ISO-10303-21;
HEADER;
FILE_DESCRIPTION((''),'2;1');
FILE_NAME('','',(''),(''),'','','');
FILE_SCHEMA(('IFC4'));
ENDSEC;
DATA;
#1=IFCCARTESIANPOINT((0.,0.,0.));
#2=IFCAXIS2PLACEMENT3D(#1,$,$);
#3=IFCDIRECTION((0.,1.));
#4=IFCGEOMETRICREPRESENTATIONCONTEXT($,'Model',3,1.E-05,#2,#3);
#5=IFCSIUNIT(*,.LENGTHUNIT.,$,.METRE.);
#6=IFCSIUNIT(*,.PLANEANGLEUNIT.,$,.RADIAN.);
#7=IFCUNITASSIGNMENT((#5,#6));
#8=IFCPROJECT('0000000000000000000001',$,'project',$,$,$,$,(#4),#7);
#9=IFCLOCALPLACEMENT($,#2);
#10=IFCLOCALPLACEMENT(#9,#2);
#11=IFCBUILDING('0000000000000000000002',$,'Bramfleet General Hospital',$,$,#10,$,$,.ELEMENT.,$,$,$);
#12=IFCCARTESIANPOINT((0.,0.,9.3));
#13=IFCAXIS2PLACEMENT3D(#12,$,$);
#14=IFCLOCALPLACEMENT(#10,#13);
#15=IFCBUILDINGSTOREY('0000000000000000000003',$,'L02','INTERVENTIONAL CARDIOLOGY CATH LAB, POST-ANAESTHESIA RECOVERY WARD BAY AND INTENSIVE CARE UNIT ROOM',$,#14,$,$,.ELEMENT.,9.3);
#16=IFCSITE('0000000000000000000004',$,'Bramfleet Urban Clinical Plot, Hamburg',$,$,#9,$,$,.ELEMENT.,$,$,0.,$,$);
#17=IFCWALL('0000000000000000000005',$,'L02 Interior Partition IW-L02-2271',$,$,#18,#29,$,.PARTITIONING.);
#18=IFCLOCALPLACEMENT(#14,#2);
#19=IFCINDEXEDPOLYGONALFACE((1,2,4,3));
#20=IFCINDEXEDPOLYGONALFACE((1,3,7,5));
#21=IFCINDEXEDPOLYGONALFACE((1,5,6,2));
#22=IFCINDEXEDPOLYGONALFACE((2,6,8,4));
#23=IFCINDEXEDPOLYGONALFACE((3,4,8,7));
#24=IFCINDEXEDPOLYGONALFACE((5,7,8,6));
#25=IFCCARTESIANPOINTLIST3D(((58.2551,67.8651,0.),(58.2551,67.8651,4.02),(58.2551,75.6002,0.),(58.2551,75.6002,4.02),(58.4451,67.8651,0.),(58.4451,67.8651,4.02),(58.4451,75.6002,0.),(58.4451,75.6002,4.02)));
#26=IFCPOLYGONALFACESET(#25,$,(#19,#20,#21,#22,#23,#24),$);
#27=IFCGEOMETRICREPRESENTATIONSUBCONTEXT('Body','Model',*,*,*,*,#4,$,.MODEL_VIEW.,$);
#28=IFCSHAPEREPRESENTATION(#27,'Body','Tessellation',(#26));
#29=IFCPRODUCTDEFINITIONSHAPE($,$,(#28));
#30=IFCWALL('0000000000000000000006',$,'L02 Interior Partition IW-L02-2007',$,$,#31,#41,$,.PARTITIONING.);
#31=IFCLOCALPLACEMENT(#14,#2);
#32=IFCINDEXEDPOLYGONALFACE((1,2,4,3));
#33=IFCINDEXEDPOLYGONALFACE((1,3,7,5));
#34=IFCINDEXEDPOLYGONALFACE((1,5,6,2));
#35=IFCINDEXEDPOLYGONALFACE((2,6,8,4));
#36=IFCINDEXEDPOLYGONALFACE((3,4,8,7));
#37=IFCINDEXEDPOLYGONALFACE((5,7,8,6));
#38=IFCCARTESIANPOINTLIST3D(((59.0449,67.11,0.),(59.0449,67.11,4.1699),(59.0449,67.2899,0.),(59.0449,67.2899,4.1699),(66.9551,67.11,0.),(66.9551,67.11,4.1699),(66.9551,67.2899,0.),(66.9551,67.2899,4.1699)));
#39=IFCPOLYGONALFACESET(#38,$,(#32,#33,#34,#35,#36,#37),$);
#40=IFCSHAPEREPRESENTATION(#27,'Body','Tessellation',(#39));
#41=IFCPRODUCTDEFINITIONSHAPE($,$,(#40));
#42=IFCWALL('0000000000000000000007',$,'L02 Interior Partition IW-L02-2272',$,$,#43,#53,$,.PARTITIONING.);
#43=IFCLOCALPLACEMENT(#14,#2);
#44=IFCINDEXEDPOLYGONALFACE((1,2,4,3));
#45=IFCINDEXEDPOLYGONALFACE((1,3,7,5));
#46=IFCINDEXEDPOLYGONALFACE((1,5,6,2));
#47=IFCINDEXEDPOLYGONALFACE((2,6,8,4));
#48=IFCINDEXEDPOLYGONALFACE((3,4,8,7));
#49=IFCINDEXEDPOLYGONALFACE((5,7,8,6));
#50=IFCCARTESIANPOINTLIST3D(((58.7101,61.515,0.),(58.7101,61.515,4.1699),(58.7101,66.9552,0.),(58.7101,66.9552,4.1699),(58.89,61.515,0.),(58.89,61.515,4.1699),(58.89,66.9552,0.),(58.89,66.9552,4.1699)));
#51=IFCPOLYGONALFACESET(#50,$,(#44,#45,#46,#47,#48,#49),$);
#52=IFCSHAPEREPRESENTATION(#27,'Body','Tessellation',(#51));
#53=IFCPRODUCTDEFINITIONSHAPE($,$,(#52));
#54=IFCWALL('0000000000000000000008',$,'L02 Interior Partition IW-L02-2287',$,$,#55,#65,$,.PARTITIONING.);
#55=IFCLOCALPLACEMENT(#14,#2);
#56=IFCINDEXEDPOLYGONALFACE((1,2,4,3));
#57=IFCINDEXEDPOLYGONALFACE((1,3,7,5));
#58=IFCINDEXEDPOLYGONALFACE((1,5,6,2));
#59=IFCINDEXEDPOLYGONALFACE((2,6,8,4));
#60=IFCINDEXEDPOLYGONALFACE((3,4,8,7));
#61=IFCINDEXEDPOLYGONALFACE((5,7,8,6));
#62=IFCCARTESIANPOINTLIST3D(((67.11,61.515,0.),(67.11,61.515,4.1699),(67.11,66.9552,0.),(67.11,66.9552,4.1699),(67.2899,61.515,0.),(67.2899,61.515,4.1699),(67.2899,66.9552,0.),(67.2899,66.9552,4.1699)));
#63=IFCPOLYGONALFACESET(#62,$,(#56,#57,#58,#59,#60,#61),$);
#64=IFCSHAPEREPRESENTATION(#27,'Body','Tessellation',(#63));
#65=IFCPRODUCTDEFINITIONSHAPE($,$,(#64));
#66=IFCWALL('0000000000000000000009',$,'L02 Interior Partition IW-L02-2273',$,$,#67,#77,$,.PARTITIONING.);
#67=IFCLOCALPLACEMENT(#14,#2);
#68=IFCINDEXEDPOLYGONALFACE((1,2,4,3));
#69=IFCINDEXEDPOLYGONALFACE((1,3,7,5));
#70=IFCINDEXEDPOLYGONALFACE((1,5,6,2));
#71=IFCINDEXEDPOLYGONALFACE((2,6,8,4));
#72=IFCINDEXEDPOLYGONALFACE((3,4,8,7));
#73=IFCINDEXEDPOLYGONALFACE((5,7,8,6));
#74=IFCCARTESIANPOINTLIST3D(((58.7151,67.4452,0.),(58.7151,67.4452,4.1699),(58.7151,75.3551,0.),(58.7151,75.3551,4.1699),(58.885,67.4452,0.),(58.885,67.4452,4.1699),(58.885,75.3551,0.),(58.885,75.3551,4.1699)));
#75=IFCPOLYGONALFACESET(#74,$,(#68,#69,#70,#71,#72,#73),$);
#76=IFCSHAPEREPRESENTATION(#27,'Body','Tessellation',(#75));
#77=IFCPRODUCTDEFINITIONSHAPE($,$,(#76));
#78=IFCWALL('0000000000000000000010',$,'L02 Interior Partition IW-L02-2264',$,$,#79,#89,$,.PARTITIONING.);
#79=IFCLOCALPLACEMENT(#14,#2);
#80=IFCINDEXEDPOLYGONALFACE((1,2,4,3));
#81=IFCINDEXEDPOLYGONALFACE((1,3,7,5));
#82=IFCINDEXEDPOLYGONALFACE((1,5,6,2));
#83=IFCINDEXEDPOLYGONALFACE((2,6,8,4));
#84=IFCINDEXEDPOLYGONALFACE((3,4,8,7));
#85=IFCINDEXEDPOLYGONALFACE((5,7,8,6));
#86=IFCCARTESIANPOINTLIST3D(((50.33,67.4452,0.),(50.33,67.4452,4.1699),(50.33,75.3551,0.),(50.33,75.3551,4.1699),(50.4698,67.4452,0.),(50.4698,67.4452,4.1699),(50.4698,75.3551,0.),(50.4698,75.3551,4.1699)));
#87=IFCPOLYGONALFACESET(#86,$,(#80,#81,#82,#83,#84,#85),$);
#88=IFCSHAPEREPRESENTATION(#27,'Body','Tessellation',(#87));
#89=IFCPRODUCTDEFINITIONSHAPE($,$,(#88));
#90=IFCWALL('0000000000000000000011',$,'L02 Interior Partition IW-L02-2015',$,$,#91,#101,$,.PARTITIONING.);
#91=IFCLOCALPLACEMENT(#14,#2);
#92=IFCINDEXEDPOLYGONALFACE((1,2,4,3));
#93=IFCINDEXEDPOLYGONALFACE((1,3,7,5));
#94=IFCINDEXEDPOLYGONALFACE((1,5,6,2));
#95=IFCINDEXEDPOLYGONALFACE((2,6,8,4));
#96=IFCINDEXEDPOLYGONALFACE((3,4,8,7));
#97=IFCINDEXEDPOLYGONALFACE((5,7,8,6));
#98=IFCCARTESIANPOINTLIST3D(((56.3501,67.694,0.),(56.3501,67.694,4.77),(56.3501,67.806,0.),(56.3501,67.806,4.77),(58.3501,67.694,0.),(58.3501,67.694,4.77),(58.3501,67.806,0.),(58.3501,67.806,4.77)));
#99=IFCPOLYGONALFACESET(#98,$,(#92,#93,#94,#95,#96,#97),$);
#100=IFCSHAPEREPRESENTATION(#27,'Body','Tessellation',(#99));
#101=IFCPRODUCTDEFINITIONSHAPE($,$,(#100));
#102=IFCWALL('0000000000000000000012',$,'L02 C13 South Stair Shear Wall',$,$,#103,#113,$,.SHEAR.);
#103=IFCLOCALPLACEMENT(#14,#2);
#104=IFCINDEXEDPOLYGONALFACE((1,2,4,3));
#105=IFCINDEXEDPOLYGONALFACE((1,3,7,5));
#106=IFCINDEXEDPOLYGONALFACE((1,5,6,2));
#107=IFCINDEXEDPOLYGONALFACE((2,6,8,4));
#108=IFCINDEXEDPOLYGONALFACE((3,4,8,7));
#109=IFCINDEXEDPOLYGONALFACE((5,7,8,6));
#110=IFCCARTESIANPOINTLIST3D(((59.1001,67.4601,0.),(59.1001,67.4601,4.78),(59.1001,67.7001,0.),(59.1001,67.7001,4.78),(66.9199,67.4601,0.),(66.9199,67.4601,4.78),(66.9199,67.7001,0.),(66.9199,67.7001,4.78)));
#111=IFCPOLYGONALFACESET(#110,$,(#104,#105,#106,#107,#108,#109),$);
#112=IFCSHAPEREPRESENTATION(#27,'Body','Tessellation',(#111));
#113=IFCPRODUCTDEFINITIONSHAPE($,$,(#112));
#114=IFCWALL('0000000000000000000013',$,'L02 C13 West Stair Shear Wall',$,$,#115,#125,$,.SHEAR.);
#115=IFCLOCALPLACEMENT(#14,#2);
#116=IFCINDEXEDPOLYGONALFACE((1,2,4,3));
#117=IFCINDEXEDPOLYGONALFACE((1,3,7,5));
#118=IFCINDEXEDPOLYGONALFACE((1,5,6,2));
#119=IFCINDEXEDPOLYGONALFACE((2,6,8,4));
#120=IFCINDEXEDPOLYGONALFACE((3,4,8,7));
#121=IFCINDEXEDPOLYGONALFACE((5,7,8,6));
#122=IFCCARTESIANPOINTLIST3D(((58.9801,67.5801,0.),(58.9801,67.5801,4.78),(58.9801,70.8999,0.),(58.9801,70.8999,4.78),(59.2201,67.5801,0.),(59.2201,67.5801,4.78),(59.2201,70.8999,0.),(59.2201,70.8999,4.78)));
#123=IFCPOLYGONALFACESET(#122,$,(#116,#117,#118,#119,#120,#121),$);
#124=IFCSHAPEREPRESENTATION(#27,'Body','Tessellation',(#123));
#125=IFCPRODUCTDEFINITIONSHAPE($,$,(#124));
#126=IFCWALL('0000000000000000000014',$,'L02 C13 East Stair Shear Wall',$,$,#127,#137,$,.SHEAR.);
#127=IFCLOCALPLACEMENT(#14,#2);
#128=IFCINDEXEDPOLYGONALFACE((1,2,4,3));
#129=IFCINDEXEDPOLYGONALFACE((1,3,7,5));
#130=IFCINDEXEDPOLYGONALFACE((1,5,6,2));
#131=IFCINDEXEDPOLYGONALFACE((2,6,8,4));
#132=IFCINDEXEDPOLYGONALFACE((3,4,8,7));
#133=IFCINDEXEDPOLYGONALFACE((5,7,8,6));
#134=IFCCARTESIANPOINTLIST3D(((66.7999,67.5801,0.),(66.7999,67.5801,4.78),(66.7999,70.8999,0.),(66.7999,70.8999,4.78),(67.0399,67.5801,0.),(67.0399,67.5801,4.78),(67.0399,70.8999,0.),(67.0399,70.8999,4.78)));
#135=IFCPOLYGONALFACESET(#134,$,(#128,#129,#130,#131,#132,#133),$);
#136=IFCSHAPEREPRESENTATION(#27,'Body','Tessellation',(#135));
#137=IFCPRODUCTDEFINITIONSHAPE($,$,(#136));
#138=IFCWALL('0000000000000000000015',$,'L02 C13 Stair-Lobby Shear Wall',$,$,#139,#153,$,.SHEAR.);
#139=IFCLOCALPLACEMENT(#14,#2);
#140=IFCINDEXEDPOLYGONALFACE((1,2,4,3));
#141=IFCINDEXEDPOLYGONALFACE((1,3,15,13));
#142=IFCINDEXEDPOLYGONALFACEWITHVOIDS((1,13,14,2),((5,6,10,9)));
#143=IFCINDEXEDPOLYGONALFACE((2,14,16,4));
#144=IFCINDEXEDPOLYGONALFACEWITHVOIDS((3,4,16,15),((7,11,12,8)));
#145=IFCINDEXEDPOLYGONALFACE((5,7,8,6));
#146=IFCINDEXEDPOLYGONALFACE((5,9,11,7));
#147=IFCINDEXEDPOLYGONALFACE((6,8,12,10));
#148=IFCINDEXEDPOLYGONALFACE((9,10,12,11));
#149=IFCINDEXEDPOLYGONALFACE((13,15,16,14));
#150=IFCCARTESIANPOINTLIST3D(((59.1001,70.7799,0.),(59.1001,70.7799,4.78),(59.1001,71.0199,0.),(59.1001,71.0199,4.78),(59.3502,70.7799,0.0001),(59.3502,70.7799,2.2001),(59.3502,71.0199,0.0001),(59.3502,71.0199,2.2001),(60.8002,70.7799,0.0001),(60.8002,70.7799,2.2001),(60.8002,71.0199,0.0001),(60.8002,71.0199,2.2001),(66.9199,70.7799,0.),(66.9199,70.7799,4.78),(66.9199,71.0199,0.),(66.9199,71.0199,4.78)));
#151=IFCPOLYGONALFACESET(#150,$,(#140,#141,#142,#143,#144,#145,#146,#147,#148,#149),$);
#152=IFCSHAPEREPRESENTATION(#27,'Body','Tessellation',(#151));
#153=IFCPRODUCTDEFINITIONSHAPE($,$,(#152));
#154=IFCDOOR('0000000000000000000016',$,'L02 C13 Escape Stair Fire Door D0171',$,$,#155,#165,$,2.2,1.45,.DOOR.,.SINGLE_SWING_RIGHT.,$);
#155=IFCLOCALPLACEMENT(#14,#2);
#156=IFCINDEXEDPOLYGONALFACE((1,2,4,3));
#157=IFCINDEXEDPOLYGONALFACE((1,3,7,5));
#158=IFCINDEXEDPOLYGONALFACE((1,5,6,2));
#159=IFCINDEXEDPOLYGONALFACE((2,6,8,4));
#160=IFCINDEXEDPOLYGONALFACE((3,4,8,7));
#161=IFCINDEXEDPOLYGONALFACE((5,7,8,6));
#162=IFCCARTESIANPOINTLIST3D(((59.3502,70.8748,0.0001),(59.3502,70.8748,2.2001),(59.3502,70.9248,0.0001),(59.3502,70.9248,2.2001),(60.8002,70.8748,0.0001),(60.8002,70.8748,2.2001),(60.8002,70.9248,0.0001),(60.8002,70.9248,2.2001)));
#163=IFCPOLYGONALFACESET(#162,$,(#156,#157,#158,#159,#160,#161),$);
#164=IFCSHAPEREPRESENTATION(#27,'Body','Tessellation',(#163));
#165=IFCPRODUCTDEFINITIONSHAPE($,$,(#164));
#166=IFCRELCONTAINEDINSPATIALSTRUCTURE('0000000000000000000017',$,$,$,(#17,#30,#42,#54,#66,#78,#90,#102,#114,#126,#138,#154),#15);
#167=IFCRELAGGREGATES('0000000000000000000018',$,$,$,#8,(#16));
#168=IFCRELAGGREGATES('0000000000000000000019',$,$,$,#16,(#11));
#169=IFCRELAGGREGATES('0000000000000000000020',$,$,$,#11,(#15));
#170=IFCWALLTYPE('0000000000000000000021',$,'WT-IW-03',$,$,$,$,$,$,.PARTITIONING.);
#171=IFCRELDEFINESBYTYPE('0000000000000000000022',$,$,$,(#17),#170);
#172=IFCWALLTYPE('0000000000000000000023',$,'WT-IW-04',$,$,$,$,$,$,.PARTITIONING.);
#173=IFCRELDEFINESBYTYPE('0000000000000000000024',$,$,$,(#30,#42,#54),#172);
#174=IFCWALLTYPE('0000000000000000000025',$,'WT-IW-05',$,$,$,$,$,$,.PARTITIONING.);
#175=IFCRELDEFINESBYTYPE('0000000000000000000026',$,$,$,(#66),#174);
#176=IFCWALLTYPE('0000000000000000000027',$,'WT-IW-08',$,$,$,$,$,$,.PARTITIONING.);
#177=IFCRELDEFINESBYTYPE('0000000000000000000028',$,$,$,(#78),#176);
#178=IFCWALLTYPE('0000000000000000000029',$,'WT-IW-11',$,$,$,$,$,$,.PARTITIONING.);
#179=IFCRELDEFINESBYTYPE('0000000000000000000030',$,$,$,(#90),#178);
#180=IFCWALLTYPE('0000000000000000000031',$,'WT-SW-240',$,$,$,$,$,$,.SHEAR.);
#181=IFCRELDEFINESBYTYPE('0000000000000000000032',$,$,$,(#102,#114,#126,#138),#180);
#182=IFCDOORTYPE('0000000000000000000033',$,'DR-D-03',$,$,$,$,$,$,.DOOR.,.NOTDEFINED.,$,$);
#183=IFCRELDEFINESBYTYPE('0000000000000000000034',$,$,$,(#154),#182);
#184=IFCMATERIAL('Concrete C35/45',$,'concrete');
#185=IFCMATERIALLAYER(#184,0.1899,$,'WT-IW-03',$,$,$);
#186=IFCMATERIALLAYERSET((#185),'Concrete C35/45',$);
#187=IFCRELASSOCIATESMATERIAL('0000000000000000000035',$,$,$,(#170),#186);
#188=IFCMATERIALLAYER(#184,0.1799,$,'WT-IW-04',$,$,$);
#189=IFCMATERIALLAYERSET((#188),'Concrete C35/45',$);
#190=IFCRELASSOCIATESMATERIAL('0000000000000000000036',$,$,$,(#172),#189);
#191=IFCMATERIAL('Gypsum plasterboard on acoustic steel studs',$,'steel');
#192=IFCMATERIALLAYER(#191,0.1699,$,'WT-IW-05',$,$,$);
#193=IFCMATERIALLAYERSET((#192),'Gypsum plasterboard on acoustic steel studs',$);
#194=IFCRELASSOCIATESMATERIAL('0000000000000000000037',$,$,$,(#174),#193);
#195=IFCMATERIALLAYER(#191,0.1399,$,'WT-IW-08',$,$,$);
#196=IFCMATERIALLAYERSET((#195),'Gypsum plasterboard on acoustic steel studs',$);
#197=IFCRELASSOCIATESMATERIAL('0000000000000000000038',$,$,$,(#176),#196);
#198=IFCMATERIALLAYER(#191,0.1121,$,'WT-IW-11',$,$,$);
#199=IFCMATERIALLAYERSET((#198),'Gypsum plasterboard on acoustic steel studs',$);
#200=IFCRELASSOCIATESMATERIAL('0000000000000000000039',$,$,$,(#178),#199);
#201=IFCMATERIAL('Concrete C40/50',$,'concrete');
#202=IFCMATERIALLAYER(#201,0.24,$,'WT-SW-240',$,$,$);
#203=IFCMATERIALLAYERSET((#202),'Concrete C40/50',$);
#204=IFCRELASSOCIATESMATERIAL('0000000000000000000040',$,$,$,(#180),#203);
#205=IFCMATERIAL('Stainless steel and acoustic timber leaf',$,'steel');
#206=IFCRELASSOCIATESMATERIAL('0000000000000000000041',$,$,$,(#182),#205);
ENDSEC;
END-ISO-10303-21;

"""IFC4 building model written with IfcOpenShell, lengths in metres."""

from ifc_helpers import new_model, si_unit, direction, frame, frame_2d, origin, place, context, subcontext, project, spatial, rectangle, extrude, material, layer, layer_set, type_object, element, fill, save


model = new_model("IFC4")

# Units and contexts
model_context = context("Model", 3, precision=1e-05, world=origin(), true_north=direction((0.0, 1.0)))
body_context = subcontext(model_context, "Body", "Model", "MODEL_VIEW")
ifc_project = project(units=[si_unit("LENGTHUNIT", "METRE"), si_unit("PLANEANGLEUNIT", "RADIAN")], contexts=[model_context])

# Site, building, storey
site_placement = place(None, origin())
site = spatial("IfcSite", under=ifc_project, at=site_placement, Name="Bramfleet Urban Clinical Plot, Hamburg", CompositionType="ELEMENT", RefElevation=0.0)
building_placement = place(site_placement, origin())
building = spatial("IfcBuilding", under=site, at=building_placement, Name="Bramfleet General Hospital", CompositionType="ELEMENT")
storey_placement = place(building_placement, frame((0.0, 0.0, 9.3)))
storey = spatial("IfcBuildingStorey", under=building, at=storey_placement, Name="L02", Description="INTERVENTIONAL CARDIOLOGY CATH LAB, POST-ANAESTHESIA RECOVERY WARD BAY AND INTENSIVE CARE UNIT ROOM", CompositionType="ELEMENT", Elevation=9.3)

# Shared definitions
ifc_material_1 = material(Name="Concrete C40/50", Category="concrete")

# Shared definitions
ifc_material_2 = material(Name="Concrete C35/45", Category="concrete")

# Walls
ifc_layer_1 = layer(ifc_material_2, 0.1899, Name="WT-IW-03")
ifc_layer_set_1 = layer_set([ifc_layer_1], Name="Concrete C35/45")
wall_type_1 = type_object("IfcWallType", Name="WT-IW-03", PredefinedType="PARTITIONING", material=ifc_layer_set_1)
wall_1_placement = place(storey_placement, frame((58.3501, 67.865, 0.0), z_axis=(0.0, 0.0, 1.0), x_axis=(0.0, 1.0, 0.0)))
element("IfcWall", 1, at=wall_1_placement, inside=storey, type_object=wall_type_1, Name="L02 Interior Partition IW-L02-2271", PredefinedType="PARTITIONING", context=body_context, shape_type="SweptSolid", body=[
    extrude(rectangle(XDim=7.7351, YDim=0.1899, at=frame_2d((3.8677, 0.0))), origin(), (0.0, 0.0, 1.0), 4.02),
])
ifc_layer_2 = layer(ifc_material_2, 0.1799, Name="WT-IW-04")
ifc_layer_set_2 = layer_set([ifc_layer_2], Name="Concrete C35/45")
wall_type_2 = type_object("IfcWallType", Name="WT-IW-04", PredefinedType="PARTITIONING", material=ifc_layer_set_2)
wall_2_placement = place(storey_placement, frame((59.0449, 67.2, 0.0), z_axis=(0.0, 0.0, 1.0), x_axis=(1.0, 0.0, 0.0)))
element("IfcWall", 2, at=wall_2_placement, inside=storey, type_object=wall_type_2, Name="L02 Interior Partition IW-L02-2007", PredefinedType="PARTITIONING", context=body_context, shape_type="SweptSolid", body=[
    extrude(rectangle(XDim=7.9102, YDim=0.1799, at=frame_2d((3.9551, 0.0))), origin(), (0.0, 0.0, 1.0), 4.1699),
])
for number, where, z_axis, x_axis, name in (
    (3, (58.8, 61.5149, 0.0), (0.0, 0.0, 1.0), (0.0, 1.0, 0.0), "L02 Interior Partition IW-L02-2272"),
    (4, (67.2, 61.5149, 0.0), (0.0, 0.0, 1.0), (0.0, 1.0, 0.0), "L02 Interior Partition IW-L02-2287"),
):
    element("IfcWall", number, at=place(storey_placement, frame(where, z_axis=z_axis, x_axis=x_axis)), inside=storey, type_object=wall_type_2, Name=name, PredefinedType="PARTITIONING", context=body_context, shape_type="SweptSolid", body=[
        extrude(rectangle(XDim=5.4402, YDim=0.1799, at=frame_2d((2.7202, 0.0))), origin(), (0.0, 0.0, 1.0), 4.1699),
    ])
ifc_material_3 = material(Name="Gypsum plasterboard on acoustic steel studs", Category="steel")
ifc_layer_3 = layer(ifc_material_3, 0.1699, Name="WT-IW-05")
ifc_layer_set_3 = layer_set([ifc_layer_3], Name="Gypsum plasterboard on acoustic steel studs")
wall_type_3 = type_object("IfcWallType", Name="WT-IW-05", PredefinedType="PARTITIONING", material=ifc_layer_set_3)
wall_3_placement = place(storey_placement, frame((58.8, 67.4451, 0.0), z_axis=(0.0, 0.0, 1.0), x_axis=(0.0, 1.0, 0.0)))
element("IfcWall", 5, at=wall_3_placement, inside=storey, type_object=wall_type_3, Name="L02 Interior Partition IW-L02-2273", PredefinedType="PARTITIONING", context=body_context, shape_type="SweptSolid", body=[
    extrude(rectangle(XDim=7.9099, YDim=0.1699, at=frame_2d((3.9551, 0.0))), origin(), (0.0, 0.0, 1.0), 4.1699),
])
ifc_layer_4 = layer(ifc_material_3, 0.1399, Name="WT-IW-08")
ifc_layer_set_4 = layer_set([ifc_layer_4], Name="Gypsum plasterboard on acoustic steel studs")
wall_type_4 = type_object("IfcWallType", Name="WT-IW-08", PredefinedType="PARTITIONING", material=ifc_layer_set_4)
wall_4_placement = place(storey_placement, frame((50.3999, 67.4451, 0.0), z_axis=(0.0, 0.0, 1.0), x_axis=(0.0, 1.0, 0.0)))
element("IfcWall", 6, at=wall_4_placement, inside=storey, type_object=wall_type_4, Name="L02 Interior Partition IW-L02-2264", PredefinedType="PARTITIONING", context=body_context, shape_type="SweptSolid", body=[
    extrude(rectangle(XDim=7.9099, YDim=0.1399, at=frame_2d((3.9551, 0.0))), origin(), (0.0, 0.0, 1.0), 4.1699),
])
ifc_layer_5 = layer(ifc_material_3, 0.1121, Name="WT-IW-11")
ifc_layer_set_5 = layer_set([ifc_layer_5], Name="Gypsum plasterboard on acoustic steel studs")
wall_type_5 = type_object("IfcWallType", Name="WT-IW-11", PredefinedType="PARTITIONING", material=ifc_layer_set_5)
wall_5_placement = place(storey_placement, frame((56.3501, 67.75, 0.0), z_axis=(0.0, 0.0, 1.0), x_axis=(1.0, 0.0, 0.0)))
element("IfcWall", 7, at=wall_5_placement, inside=storey, type_object=wall_type_5, Name="L02 Interior Partition IW-L02-2015", PredefinedType="PARTITIONING", context=body_context, shape_type="SweptSolid", body=[
    extrude(rectangle(XDim=2.0, YDim=0.1121, at=frame_2d((1.0, 0.0))), origin(), (0.0, 0.0, 1.0), 4.77),
])
ifc_layer_6 = layer(ifc_material_1, 0.24, Name="WT-SW-240")
ifc_layer_set_6 = layer_set([ifc_layer_6], Name="Concrete C40/50")
wall_type_6 = type_object("IfcWallType", Name="WT-SW-240", PredefinedType="SHEAR", material=ifc_layer_set_6)
wall_6_placement = place(storey_placement, frame((59.1001, 67.5801, 0.0), z_axis=(0.0, 0.0, 1.0), x_axis=(1.0, 0.0, 0.0)))
element("IfcWall", 8, at=wall_6_placement, inside=storey, type_object=wall_type_6, Name="L02 C13 South Stair Shear Wall", PredefinedType="SHEAR", context=body_context, shape_type="SweptSolid", body=[
    extrude(rectangle(XDim=7.8198, YDim=0.24, at=frame_2d((3.9099, 0.0))), origin(), (0.0, 0.0, 1.0), 4.78),
])
for number, where, z_axis, x_axis, name in (
    (9, (59.1001, 67.5801, 0.0), (0.0, 0.0, 1.0), (0.0, 1.0, 0.0), "L02 C13 West Stair Shear Wall"),
    (10, (66.9199, 67.5801, 0.0), (0.0, 0.0, 1.0), (0.0, 1.0, 0.0), "L02 C13 East Stair Shear Wall"),
):
    element("IfcWall", number, at=place(storey_placement, frame(where, z_axis=z_axis, x_axis=x_axis)), inside=storey, type_object=wall_type_6, Name=name, PredefinedType="SHEAR", context=body_context, shape_type="SweptSolid", body=[
        extrude(rectangle(XDim=3.3198, YDim=0.24, at=frame_2d((1.6599, 0.0))), origin(), (0.0, 0.0, 1.0), 4.78),
    ])

# Wall, opening, door
wall_7_placement = place(storey_placement, frame((59.1001, 70.8999, 0.0), z_axis=(0.0, 0.0, 1.0), x_axis=(1.0, 0.0, 0.0)))
wall_7 = element("IfcWall", 11, at=wall_7_placement, inside=storey, type_object=wall_type_6, Name="L02 C13 Stair-Lobby Shear Wall", PredefinedType="SHEAR", context=body_context, shape_type="SweptSolid", body=[
    extrude(rectangle(XDim=7.8198, YDim=0.24, at=frame_2d((3.9099, 0.0))), origin(), (0.0, 0.0, 1.0), 4.78),
])
opening_placement = place(wall_7_placement, frame((0.25, 0.0, 0.0)))
opening = element("IfcOpeningElement", 12, at=opening_placement, cuts=wall_7, PredefinedType="OPENING", context=body_context, shape_type="SweptSolid", body=[
    extrude(rectangle(XDim=1.45, YDim=2.2, at=frame_2d((0.7251, 1.1001))), frame((0.0, 0.1299, 0.0), z_axis=(0.0, -1.0, 0.0), x_axis=(1.0, 0.0, 0.0)), (0.0, 0.0, 1.0), 0.26),
])
ifc_material_4 = material(Name="Stainless steel and acoustic timber leaf", Category="steel")
door_type = type_object("IfcDoorType", Name="DR-D-03", OperationType="NOTDEFINED", PredefinedType="DOOR", material=ifc_material_4)
door_placement = place(opening_placement, origin())
door = element("IfcDoor", 13, at=door_placement, inside=storey, type_object=door_type, Name="L02 C13 Escape Stair Fire Door D0171", OperationType="SINGLE_SWING_RIGHT", OverallHeight=2.2, OverallWidth=1.45, PredefinedType="DOOR", context=body_context, shape_type="SweptSolid", body=[
    extrude(rectangle(XDim=1.45, YDim=2.2, at=frame_2d((0.7251, 1.1001))), frame((0.0, 0.0249, 0.0), z_axis=(0.0, -1.0, 0.0), x_axis=(1.0, 0.0, 0.0)), (0.0, 0.0, 1.0), 0.05),
])
fill(opening, door)

save(model, "model.ifc")
